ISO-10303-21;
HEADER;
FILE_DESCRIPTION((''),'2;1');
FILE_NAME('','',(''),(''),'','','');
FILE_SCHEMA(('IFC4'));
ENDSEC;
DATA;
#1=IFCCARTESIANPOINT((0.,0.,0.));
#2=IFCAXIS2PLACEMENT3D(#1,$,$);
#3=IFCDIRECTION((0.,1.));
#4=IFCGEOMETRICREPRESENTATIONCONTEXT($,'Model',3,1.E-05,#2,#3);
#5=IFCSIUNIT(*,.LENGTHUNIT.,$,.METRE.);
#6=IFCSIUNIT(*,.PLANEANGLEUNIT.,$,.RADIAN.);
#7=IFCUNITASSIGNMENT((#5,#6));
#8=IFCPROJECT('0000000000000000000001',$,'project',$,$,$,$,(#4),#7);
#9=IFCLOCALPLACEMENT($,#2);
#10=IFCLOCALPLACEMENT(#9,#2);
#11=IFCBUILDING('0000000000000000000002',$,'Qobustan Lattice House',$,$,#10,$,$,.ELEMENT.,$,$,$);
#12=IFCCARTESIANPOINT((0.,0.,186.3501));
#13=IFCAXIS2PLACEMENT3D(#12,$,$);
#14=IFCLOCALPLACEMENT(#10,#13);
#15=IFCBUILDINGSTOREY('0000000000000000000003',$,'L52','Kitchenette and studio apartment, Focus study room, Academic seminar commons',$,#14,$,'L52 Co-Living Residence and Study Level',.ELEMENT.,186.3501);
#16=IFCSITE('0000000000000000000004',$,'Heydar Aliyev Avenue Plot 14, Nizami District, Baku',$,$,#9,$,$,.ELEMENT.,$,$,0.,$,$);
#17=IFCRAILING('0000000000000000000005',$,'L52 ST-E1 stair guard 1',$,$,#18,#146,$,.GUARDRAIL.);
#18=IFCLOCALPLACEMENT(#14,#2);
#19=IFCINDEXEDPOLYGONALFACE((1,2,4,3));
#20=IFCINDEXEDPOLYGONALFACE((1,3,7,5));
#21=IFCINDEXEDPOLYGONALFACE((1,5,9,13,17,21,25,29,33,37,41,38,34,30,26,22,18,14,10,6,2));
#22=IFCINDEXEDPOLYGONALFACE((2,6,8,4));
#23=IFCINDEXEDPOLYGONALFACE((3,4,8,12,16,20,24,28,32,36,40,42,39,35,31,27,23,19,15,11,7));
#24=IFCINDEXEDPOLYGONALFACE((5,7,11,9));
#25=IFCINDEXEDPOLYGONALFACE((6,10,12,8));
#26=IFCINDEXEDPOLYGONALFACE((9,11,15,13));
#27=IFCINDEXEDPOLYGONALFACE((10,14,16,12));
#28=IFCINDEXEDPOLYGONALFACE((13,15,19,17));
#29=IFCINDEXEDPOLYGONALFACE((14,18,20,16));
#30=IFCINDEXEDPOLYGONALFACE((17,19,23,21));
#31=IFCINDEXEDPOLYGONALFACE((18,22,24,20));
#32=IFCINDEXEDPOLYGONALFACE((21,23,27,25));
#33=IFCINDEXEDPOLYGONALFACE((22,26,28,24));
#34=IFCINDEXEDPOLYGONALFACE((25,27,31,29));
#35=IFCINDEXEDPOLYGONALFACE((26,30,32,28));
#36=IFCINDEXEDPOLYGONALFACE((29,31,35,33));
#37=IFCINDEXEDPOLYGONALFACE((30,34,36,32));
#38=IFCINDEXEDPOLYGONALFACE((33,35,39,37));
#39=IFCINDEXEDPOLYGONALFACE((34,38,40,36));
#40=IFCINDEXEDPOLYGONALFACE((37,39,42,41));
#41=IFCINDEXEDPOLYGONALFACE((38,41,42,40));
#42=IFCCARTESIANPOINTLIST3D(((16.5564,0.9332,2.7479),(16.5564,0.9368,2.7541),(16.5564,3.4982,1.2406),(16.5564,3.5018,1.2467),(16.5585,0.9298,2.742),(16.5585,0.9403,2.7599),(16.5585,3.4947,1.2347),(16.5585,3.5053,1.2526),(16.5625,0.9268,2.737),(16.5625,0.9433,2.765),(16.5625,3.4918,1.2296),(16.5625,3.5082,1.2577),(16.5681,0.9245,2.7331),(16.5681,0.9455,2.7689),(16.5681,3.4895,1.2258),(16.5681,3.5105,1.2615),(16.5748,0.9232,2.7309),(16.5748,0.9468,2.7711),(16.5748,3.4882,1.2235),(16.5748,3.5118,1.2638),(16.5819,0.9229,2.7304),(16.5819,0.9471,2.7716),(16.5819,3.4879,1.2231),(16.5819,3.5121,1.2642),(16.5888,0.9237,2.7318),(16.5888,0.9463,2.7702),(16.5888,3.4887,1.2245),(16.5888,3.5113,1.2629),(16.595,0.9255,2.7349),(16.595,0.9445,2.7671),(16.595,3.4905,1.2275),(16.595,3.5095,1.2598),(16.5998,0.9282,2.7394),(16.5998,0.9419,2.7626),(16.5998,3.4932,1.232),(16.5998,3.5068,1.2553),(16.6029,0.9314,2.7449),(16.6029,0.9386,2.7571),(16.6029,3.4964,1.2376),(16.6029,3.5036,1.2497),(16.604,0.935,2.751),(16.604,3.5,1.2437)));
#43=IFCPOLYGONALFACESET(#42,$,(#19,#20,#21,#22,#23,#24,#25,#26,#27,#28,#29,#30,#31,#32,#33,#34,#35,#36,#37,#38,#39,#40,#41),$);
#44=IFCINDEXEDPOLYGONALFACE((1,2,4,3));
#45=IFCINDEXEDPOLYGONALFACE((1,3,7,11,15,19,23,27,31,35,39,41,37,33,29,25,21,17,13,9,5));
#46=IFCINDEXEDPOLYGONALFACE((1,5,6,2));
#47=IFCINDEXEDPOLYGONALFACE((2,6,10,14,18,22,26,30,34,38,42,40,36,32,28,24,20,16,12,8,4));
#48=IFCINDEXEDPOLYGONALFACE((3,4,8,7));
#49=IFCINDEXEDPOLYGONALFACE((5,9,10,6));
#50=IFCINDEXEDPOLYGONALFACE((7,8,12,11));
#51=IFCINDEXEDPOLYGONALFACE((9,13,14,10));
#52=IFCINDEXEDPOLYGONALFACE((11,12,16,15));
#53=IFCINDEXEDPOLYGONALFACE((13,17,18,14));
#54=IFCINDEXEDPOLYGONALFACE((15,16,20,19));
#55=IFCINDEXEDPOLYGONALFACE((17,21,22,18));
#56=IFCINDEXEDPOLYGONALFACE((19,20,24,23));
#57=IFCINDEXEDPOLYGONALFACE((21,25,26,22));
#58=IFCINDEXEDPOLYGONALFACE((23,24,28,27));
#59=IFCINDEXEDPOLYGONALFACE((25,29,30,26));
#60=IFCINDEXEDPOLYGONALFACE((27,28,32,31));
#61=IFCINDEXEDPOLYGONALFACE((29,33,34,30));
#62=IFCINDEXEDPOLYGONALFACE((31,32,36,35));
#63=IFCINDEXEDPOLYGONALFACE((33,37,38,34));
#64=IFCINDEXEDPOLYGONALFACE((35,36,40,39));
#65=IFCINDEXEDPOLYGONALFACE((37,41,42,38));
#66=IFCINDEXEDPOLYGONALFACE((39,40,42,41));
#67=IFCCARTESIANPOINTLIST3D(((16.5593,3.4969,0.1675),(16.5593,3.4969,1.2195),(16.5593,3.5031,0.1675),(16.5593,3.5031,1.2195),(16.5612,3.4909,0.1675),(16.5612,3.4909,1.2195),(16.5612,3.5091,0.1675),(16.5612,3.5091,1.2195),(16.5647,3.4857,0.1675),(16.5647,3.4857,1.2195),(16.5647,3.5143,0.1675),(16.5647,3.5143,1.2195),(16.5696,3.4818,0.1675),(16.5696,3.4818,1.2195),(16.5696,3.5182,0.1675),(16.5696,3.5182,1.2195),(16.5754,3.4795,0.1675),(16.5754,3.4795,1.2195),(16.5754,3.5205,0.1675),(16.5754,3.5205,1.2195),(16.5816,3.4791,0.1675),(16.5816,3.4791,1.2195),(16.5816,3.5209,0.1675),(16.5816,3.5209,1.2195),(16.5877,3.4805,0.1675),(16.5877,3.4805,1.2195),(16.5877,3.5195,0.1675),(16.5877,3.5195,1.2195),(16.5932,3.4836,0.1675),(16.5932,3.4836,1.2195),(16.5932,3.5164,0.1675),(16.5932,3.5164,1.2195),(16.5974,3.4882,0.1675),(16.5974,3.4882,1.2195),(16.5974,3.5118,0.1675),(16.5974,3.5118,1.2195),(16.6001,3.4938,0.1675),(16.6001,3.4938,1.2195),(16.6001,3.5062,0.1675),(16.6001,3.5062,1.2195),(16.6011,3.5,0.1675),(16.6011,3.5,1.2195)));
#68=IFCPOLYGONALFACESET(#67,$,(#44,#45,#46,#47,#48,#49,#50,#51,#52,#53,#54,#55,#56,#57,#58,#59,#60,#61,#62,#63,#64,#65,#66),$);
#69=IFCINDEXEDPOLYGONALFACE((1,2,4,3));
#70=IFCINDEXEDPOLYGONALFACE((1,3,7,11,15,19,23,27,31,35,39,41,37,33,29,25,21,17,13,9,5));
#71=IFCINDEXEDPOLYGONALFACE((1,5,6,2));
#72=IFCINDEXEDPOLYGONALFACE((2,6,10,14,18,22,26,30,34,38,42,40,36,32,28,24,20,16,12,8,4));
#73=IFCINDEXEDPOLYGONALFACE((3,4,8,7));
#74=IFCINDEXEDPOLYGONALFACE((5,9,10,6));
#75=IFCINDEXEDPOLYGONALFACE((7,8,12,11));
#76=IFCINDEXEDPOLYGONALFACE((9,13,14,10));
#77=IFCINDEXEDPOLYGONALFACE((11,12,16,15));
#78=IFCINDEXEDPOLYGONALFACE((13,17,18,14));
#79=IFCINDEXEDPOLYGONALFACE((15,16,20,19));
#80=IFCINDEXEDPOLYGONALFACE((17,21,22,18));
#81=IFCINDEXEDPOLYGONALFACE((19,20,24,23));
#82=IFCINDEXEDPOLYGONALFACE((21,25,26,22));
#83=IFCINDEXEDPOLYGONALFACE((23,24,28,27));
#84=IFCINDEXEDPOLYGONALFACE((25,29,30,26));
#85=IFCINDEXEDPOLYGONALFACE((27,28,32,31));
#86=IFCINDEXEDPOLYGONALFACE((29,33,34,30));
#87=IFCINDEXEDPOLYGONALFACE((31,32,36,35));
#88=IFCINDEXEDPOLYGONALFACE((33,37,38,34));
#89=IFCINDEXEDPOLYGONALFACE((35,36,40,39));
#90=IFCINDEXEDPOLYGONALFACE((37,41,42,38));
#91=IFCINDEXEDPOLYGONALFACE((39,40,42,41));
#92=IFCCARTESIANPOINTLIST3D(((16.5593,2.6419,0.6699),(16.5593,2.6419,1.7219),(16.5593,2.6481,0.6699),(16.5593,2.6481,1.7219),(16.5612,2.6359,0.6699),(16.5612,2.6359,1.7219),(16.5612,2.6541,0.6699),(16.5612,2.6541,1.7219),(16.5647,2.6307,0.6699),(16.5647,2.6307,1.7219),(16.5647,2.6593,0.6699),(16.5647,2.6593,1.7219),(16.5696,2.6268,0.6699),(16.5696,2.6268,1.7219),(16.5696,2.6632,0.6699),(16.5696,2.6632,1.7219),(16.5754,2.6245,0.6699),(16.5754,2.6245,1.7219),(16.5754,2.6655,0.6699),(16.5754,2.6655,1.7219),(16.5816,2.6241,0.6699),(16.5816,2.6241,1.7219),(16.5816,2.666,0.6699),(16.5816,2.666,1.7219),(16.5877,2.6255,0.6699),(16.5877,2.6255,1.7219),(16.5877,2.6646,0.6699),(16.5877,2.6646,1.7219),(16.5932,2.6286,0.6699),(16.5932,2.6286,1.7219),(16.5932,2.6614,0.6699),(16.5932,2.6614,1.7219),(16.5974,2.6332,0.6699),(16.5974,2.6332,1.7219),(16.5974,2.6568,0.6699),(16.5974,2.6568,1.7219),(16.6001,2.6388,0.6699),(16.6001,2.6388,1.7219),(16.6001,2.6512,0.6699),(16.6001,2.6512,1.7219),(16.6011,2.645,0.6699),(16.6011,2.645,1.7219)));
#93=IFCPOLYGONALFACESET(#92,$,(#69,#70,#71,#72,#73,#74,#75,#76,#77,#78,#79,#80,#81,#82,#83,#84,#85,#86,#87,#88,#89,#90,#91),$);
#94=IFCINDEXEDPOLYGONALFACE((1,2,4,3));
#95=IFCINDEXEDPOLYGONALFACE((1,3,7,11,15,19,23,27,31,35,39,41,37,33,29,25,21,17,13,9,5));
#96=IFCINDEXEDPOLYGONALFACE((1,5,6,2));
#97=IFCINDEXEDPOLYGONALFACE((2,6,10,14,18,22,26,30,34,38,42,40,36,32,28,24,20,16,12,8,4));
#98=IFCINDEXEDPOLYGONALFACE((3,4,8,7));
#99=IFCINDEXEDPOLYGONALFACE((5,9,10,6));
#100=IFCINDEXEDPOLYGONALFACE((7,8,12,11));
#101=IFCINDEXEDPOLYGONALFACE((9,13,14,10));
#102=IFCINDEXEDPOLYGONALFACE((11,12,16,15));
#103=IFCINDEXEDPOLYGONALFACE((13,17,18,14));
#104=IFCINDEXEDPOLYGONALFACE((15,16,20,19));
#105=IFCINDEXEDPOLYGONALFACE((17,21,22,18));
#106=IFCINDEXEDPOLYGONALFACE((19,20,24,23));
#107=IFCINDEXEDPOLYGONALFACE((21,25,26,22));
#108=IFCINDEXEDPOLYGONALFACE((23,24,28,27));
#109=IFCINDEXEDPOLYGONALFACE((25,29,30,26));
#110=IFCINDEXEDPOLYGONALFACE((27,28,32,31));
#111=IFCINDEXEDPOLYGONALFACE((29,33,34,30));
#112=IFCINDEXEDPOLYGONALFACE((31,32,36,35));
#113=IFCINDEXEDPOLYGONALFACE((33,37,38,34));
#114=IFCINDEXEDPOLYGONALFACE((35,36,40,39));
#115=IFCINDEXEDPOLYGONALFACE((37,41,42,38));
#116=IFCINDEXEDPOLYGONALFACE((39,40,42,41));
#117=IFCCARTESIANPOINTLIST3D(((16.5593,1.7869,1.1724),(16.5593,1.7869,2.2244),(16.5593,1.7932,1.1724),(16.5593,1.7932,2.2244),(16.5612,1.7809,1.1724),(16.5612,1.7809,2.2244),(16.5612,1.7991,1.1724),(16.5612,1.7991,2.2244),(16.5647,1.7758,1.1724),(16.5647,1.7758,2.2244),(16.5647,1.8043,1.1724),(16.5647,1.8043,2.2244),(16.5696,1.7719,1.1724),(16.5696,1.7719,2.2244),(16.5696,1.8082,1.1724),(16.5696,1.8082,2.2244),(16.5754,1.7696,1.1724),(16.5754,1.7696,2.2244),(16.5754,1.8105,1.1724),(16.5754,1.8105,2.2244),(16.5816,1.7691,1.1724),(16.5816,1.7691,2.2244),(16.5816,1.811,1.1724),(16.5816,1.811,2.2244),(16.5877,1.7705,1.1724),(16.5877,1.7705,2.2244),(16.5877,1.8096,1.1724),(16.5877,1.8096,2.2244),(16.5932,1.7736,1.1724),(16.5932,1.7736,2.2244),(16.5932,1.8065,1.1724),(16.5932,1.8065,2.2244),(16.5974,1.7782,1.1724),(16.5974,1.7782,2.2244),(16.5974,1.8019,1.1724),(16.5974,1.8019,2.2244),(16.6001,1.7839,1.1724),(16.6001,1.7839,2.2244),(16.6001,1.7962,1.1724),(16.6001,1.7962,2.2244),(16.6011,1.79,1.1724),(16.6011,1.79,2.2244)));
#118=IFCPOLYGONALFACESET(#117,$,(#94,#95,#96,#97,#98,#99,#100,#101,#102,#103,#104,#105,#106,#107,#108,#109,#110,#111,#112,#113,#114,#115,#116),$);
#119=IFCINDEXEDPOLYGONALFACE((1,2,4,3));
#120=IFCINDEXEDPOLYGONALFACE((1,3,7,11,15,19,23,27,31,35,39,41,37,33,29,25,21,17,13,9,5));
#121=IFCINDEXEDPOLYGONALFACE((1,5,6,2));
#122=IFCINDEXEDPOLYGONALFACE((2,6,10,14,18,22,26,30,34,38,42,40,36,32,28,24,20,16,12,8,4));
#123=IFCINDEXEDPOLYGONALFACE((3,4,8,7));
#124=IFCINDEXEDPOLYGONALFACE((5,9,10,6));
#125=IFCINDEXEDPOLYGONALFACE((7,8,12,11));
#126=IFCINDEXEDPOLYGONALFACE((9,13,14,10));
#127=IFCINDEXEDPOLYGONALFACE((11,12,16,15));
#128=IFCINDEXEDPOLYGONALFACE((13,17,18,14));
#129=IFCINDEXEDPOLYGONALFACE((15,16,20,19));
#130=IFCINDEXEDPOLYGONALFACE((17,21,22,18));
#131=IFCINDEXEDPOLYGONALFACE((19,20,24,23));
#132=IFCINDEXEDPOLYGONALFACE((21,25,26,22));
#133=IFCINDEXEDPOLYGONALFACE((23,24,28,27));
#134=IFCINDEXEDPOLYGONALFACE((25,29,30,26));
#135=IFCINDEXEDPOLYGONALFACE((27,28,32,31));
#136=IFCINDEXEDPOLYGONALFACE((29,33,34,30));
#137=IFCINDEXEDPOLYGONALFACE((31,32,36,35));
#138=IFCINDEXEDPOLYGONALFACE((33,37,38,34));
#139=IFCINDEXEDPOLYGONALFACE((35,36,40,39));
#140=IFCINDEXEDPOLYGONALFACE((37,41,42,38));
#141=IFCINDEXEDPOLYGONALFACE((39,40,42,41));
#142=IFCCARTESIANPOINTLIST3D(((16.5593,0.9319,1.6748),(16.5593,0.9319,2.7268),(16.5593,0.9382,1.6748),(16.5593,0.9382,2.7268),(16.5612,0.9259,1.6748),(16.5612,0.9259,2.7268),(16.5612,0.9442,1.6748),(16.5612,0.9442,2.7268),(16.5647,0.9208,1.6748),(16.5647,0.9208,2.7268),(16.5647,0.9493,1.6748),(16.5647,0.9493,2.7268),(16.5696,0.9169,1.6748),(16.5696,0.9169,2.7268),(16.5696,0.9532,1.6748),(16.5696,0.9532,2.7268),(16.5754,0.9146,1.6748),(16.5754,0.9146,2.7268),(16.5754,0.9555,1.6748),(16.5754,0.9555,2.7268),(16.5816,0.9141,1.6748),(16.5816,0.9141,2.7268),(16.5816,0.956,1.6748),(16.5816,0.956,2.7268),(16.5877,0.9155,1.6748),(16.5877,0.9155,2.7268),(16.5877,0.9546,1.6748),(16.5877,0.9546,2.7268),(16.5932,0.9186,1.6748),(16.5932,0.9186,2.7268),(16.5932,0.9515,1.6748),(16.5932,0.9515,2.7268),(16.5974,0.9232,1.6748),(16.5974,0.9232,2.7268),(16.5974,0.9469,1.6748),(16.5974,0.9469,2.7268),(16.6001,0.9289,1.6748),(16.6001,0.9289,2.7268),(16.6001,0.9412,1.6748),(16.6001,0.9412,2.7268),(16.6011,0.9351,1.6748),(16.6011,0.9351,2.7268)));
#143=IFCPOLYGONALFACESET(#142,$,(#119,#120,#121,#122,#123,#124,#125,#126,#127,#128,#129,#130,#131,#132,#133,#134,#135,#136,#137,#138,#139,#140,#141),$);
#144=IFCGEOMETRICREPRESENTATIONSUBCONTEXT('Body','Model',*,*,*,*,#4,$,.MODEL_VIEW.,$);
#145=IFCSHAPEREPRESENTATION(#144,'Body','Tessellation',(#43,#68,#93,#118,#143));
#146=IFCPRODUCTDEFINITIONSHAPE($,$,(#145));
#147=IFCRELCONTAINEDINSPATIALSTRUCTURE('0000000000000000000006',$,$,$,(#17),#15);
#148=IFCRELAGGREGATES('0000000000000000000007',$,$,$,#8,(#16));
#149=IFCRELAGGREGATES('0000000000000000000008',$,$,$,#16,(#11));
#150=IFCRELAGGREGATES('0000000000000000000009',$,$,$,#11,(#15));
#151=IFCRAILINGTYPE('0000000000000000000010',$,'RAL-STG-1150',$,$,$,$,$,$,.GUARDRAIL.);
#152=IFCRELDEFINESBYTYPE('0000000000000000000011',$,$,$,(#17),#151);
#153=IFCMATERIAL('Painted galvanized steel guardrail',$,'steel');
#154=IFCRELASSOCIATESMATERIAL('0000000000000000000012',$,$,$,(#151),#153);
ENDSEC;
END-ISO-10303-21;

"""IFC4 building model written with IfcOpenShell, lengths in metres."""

from ifc_helpers import new_model, si_unit, direction, frame, origin, origin_2d, place, context, subcontext, project, spatial, circle, extrude, material, type_object, element, save


model = new_model("IFC4")

# Units and contexts
model_context = context("Model", 3, precision=1e-05, world=origin(), true_north=direction((0.0, 1.0)))
body_context = subcontext(model_context, "Body", "Model", "MODEL_VIEW")
ifc_project = project(units=[si_unit("LENGTHUNIT", "METRE"), si_unit("PLANEANGLEUNIT", "RADIAN")], contexts=[model_context])

# Site, building, storey
site_placement = place(None, origin())
site = spatial("IfcSite", under=ifc_project, at=site_placement, Name="Heydar Aliyev Avenue Plot 14, Nizami District, Baku", CompositionType="ELEMENT", RefElevation=0.0)
building_placement = place(site_placement, origin())
building = spatial("IfcBuilding", under=site, at=building_placement, Name="Qobustan Lattice House", CompositionType="ELEMENT")
storey_placement = place(building_placement, frame((0.0, 0.0, 186.3501)))
storey = spatial("IfcBuildingStorey", under=building, at=storey_placement, Name="L52", Description="Kitchenette and studio apartment, Focus study room, Academic seminar commons", LongName="L52 Co-Living Residence and Study Level", CompositionType="ELEMENT", Elevation=186.3501)

# Railing
ifc_material_1 = material(Name="Painted galvanized steel guardrail", Category="steel")
railing_type_1 = type_object("IfcRailingType", Name="RAL-STG-1150", PredefinedType="GUARDRAIL", material=ifc_material_1)
railing_1_placement = place(storey_placement, frame((16.5801, 3.5, 0.1675)))
element("IfcRailing", 1, at=railing_1_placement, inside=storey, type_object=railing_type_1, Name="L52 ST-E1 stair guard 1", PredefinedType="GUARDRAIL", context=body_context, shape_type="SweptSolid", body=[
    extrude(circle(Radius=0.0239, at=origin_2d()), frame((0.0, 0.0, 1.0762), z_axis=(0.0, -0.862149, 0.506654), x_axis=(1.0, 0.0, 0.0)), (0.0, 0.0, 1.0), 2.9751),
    extrude(circle(Radius=0.021, at=origin_2d()), origin(), (0.0, 0.0, 1.0), 1.052),
    extrude(circle(Radius=0.021, at=origin_2d()), frame((0.0, -0.855, 0.5024)), (0.0, 0.0, 1.0), 1.052),
    extrude(circle(Radius=0.021, at=origin_2d()), frame((0.0, -1.71, 1.0049)), (0.0, 0.0, 1.0), 1.052),
    extrude(circle(Radius=0.021, at=origin_2d()), frame((0.0, -2.5649, 1.5073)), (0.0, 0.0, 1.0), 1.052),
])

save(model, "model.ifc")
